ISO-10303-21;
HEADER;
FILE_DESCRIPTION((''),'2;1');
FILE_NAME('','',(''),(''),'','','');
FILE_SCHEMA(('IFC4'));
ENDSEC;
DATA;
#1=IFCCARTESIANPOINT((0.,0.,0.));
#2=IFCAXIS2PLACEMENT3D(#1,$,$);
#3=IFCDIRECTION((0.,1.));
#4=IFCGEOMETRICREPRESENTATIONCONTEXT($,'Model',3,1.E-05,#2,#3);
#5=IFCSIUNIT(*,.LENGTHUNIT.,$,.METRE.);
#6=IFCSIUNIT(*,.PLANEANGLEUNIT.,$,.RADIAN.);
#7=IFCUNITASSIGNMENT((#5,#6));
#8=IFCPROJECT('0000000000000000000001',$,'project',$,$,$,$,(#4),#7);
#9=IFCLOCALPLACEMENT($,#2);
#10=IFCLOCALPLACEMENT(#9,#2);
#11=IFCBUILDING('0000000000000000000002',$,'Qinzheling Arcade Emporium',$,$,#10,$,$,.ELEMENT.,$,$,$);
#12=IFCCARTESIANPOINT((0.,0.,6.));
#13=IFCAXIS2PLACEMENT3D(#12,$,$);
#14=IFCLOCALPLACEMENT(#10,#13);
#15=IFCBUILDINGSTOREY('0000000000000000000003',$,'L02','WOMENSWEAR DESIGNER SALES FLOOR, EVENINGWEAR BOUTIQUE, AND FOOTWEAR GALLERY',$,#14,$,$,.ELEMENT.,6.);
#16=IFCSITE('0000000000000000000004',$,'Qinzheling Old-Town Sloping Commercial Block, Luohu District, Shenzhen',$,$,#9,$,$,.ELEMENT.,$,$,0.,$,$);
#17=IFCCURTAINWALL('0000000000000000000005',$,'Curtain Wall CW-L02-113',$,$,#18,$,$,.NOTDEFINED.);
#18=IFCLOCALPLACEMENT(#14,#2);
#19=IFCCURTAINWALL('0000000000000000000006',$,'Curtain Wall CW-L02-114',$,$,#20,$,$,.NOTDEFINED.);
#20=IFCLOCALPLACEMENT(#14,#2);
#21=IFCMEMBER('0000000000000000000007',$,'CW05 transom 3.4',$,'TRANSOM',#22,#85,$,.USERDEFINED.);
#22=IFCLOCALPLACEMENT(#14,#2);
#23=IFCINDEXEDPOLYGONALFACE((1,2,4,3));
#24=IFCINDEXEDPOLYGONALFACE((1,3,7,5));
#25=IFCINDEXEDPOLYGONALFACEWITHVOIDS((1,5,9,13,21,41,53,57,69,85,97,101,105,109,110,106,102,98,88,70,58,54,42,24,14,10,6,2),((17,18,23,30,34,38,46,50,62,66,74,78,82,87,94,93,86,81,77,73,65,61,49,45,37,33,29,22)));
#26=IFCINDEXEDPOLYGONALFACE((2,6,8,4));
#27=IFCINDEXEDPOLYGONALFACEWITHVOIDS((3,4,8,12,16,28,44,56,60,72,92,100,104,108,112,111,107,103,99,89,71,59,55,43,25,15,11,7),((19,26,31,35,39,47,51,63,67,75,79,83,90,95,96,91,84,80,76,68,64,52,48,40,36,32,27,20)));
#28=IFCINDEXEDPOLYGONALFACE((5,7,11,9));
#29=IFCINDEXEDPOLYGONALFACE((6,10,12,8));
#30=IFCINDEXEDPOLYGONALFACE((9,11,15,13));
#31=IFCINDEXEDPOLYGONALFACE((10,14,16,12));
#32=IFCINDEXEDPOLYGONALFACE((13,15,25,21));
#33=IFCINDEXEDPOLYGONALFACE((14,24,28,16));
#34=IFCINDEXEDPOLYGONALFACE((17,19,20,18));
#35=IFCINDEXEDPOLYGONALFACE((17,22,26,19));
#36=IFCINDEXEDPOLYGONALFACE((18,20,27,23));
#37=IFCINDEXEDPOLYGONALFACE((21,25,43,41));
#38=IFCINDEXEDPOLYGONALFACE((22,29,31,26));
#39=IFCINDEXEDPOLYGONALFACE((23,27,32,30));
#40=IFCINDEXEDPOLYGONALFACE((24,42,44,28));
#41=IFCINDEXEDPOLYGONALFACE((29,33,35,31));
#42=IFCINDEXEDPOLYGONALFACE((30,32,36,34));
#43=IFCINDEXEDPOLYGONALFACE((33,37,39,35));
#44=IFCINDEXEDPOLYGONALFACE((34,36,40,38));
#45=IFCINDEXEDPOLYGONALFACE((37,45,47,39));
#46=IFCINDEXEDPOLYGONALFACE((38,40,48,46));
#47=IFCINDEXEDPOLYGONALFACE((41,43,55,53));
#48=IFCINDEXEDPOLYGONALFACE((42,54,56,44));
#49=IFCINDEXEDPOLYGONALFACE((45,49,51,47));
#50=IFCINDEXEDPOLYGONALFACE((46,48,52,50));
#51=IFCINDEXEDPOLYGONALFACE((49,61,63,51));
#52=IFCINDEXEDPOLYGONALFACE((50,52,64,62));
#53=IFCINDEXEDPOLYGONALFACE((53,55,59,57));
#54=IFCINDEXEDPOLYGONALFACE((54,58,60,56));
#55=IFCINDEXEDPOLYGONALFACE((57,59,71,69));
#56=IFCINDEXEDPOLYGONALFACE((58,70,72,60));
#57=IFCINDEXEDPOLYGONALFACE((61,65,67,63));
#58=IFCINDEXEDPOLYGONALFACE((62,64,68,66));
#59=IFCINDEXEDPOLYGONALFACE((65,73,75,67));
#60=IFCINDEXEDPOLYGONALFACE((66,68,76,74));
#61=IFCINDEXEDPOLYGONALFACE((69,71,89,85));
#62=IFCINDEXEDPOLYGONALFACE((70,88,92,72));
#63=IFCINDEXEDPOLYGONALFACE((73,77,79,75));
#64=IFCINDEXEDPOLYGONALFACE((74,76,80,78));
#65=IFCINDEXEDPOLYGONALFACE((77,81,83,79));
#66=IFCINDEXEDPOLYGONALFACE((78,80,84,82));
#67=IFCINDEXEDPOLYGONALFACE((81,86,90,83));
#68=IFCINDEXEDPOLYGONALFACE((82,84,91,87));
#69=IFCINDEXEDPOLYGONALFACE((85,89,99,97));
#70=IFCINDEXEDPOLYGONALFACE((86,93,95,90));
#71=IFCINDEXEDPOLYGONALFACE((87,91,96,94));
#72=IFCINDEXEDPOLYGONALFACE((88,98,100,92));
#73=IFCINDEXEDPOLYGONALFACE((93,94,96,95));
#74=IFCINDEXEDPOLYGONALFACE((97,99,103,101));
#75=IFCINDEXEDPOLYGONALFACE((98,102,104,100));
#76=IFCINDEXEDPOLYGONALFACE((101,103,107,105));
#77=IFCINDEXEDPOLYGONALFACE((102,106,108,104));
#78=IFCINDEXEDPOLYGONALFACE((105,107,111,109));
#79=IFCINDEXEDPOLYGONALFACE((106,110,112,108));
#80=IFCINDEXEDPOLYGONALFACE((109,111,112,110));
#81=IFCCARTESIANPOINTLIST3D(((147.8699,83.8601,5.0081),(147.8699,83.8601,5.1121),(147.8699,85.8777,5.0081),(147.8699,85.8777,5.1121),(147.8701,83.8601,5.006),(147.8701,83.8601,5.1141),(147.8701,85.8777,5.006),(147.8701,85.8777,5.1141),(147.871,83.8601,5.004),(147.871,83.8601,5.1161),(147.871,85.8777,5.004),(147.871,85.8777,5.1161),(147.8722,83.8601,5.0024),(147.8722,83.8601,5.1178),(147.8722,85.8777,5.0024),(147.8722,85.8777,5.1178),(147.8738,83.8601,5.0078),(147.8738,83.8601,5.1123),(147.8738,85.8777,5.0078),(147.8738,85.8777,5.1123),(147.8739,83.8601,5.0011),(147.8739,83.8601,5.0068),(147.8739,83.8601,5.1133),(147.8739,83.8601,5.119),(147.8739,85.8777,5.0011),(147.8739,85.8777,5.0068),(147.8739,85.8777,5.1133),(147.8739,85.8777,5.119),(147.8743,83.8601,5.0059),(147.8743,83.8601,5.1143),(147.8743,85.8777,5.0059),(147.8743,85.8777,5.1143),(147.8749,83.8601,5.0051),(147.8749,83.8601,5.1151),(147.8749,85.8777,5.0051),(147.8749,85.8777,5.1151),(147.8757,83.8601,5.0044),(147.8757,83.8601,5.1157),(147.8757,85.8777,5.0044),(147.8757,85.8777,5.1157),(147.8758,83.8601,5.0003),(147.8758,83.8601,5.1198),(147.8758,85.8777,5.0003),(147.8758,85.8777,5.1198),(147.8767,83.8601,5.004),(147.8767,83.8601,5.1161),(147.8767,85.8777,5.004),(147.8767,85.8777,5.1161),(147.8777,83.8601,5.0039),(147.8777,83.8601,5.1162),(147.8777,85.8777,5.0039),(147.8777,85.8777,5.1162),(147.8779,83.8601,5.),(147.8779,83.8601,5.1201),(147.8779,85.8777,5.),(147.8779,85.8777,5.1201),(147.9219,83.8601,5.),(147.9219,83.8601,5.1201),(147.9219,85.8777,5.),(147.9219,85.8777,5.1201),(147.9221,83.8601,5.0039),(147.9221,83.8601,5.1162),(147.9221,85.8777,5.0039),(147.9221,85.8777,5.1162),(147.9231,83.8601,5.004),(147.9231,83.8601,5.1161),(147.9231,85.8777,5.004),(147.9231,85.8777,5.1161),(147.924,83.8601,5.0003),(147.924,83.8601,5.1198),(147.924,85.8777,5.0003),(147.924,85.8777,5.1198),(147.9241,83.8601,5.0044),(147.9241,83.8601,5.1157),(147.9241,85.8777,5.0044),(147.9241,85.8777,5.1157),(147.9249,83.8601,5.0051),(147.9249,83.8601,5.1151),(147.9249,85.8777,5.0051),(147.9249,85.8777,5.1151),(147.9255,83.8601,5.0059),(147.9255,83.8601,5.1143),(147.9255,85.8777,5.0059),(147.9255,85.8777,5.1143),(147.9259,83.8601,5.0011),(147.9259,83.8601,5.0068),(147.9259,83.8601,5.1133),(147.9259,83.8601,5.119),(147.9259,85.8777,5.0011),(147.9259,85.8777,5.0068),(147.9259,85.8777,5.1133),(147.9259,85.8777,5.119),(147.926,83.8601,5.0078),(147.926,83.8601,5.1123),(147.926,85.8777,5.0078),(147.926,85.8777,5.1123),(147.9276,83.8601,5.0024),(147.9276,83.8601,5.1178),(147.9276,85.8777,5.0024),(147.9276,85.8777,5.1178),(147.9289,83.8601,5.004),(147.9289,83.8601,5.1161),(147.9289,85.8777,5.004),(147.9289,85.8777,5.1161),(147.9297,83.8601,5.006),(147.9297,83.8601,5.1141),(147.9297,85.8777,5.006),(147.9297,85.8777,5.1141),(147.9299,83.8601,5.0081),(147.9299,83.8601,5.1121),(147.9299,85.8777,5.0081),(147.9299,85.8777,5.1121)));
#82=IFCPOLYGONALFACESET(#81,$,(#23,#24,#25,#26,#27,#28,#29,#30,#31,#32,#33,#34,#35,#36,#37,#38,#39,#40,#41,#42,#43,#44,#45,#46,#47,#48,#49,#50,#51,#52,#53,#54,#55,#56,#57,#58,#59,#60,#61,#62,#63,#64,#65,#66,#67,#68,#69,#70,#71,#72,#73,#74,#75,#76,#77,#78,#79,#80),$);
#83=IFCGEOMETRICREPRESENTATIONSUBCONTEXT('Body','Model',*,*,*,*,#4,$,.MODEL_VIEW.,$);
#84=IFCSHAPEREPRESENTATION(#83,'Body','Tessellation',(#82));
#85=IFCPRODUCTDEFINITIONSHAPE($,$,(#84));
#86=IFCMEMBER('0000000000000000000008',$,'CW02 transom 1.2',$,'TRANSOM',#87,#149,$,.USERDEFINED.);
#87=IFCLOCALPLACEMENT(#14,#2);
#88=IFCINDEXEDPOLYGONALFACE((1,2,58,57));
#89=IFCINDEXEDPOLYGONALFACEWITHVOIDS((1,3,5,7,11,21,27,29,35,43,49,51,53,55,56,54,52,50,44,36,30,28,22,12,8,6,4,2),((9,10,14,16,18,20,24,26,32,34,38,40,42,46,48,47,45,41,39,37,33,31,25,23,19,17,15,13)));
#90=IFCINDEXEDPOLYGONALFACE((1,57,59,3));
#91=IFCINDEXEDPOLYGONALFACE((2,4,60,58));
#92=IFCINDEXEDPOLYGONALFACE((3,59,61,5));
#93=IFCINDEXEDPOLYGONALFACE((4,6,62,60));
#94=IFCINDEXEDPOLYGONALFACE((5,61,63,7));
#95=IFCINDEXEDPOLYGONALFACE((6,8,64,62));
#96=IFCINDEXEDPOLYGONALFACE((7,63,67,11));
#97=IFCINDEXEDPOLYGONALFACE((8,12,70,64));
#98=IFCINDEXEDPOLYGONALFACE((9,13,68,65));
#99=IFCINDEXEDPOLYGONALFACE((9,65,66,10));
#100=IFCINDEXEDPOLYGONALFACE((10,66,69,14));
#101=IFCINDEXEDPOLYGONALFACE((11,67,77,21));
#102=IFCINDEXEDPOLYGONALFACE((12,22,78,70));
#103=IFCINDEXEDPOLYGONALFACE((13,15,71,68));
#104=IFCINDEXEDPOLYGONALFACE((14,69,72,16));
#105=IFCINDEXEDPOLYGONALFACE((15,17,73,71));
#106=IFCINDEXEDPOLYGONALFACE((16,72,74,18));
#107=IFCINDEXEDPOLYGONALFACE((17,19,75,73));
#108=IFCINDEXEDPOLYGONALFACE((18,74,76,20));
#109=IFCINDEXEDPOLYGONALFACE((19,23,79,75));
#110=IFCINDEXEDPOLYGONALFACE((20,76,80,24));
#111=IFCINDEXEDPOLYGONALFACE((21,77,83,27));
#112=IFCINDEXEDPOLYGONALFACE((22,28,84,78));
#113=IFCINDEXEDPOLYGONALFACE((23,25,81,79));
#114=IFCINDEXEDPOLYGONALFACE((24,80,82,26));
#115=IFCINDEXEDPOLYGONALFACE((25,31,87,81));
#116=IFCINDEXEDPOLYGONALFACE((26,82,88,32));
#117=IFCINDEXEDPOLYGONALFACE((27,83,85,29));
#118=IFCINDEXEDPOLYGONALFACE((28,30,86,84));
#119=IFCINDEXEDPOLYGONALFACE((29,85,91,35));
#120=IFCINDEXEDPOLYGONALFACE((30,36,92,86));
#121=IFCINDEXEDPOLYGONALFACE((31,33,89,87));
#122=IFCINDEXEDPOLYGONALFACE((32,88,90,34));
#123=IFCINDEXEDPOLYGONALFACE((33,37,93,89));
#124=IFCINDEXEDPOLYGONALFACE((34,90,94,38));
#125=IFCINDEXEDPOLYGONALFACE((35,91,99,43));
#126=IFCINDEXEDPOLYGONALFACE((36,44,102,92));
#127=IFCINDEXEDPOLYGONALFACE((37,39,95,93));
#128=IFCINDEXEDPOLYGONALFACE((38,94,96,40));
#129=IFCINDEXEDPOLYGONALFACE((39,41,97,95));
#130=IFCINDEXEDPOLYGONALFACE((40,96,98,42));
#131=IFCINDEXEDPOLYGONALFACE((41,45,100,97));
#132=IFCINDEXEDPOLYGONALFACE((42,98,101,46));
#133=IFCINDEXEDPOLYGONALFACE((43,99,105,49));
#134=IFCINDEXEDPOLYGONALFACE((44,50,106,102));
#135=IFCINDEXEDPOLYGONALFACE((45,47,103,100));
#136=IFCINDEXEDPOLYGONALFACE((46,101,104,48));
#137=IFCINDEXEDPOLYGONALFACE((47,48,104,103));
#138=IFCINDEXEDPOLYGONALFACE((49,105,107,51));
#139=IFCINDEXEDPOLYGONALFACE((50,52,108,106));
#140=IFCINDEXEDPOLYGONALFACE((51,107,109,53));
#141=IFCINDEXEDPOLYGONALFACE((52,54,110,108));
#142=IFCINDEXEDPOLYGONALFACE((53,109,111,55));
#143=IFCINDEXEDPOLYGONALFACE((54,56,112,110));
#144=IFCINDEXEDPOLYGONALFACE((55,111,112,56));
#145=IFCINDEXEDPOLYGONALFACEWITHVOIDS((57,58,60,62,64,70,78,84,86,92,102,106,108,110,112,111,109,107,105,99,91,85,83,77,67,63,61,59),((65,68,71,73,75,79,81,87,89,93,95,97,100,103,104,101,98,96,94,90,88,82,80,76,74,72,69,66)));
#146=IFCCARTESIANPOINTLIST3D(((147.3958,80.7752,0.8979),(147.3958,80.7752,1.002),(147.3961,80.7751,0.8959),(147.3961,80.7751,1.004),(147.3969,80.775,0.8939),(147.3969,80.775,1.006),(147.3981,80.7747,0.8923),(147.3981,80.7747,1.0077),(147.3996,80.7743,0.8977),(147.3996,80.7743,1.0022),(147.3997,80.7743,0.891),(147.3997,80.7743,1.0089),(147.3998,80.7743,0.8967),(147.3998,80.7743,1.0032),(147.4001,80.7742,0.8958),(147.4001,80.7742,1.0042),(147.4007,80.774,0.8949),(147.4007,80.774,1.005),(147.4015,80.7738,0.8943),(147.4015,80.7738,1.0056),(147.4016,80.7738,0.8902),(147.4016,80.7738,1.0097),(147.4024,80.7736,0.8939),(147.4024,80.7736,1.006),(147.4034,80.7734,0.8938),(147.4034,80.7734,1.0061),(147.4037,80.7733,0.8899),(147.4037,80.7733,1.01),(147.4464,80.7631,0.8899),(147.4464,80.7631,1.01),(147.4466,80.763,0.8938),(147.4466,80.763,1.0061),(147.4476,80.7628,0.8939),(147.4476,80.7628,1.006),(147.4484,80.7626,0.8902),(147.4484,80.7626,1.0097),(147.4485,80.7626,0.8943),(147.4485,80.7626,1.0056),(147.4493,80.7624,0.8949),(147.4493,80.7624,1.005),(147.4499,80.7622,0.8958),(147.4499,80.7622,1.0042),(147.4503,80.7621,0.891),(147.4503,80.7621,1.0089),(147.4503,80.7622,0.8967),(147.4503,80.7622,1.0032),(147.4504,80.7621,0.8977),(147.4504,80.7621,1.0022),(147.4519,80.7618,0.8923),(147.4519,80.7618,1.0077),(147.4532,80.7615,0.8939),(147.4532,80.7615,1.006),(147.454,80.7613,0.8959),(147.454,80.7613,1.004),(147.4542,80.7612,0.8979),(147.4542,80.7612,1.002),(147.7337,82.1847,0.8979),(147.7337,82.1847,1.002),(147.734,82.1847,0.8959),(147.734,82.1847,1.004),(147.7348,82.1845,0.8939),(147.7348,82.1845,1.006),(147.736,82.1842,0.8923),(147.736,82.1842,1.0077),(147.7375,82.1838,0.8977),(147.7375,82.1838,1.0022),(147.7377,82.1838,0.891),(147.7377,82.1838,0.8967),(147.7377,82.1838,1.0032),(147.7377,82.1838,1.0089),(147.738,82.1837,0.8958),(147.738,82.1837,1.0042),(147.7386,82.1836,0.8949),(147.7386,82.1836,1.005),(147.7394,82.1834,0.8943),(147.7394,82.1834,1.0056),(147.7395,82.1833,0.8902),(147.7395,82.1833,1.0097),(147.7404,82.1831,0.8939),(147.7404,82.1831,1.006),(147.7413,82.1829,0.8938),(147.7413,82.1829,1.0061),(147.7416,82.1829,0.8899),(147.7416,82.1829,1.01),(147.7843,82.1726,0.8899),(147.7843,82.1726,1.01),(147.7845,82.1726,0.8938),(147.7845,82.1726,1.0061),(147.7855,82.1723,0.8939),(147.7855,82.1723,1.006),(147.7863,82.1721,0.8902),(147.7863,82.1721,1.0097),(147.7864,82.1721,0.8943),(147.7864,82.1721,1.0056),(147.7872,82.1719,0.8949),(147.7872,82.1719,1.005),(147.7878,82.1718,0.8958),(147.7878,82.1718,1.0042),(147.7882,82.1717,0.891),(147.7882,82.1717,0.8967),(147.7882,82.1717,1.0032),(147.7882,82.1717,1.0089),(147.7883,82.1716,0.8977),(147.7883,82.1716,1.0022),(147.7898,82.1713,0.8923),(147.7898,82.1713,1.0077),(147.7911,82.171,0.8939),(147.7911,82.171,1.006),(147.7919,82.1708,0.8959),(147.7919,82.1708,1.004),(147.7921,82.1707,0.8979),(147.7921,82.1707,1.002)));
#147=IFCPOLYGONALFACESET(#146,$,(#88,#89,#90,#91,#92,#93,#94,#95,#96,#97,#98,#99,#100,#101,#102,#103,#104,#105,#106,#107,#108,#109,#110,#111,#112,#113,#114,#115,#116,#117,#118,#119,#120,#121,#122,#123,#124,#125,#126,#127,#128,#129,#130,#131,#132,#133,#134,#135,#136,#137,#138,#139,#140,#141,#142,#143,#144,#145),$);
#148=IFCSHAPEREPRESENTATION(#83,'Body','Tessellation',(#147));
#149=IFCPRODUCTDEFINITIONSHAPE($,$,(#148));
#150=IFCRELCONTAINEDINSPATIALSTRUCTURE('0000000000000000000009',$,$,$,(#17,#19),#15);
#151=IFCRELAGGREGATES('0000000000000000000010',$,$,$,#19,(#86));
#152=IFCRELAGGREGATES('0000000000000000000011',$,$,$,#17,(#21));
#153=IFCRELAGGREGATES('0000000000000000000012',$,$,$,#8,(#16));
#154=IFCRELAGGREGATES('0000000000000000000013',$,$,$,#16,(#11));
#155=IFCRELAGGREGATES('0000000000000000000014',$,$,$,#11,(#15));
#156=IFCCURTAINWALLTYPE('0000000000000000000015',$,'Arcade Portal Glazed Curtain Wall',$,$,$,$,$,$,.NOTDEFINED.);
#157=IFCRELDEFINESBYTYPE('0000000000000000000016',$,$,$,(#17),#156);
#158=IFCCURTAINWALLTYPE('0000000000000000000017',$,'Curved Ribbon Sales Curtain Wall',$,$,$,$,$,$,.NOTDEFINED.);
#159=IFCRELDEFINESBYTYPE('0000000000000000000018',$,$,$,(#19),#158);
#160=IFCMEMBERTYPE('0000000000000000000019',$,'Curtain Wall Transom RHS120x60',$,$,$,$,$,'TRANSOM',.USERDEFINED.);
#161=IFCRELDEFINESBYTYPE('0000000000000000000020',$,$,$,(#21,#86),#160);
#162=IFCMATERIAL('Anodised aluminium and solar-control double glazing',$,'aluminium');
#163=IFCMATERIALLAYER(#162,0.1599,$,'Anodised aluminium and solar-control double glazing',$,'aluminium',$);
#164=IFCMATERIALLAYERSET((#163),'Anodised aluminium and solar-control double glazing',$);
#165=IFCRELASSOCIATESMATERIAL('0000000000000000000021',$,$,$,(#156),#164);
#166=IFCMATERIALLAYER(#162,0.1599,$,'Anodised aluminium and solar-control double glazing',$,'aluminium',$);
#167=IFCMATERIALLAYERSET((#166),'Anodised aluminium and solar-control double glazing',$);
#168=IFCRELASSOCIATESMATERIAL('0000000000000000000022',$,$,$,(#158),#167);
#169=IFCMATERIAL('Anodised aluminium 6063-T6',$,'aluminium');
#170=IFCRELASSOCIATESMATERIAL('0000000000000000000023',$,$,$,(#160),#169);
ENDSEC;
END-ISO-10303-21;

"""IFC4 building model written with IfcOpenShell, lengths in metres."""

from ifc_helpers import new_model, si_unit, direction, frame, origin, origin_2d, place, context, subcontext, project, spatial, hollow_rectangle, extrude, material, layer, layer_set, material_profile, profile_set, type_object, element, aggregate, save


model = new_model("IFC4")

# Units and contexts
model_context = context("Model", 3, precision=1e-05, world=origin(), true_north=direction((0.0, 1.0)))
body_context = subcontext(model_context, "Body", "Model", "MODEL_VIEW")
ifc_project = project(units=[si_unit("LENGTHUNIT", "METRE"), si_unit("PLANEANGLEUNIT", "RADIAN")], contexts=[model_context])

# Site, building, storey
site_placement = place(None, origin())
site = spatial("IfcSite", under=ifc_project, at=site_placement, Name="Qinzheling Old-Town Sloping Commercial Block, Luohu District, Shenzhen", CompositionType="ELEMENT", RefElevation=0.0)
building_placement = place(site_placement, origin())
building = spatial("IfcBuilding", under=site, at=building_placement, Name="Qinzheling Arcade Emporium", CompositionType="ELEMENT")
storey_placement = place(building_placement, frame((0.0, 0.0, 6.0)))
storey = spatial("IfcBuildingStorey", under=building, at=storey_placement, Name="L02", Description="WOMENSWEAR DESIGNER SALES FLOOR, EVENINGWEAR BOUTIQUE, AND FOOTWEAR GALLERY", CompositionType="ELEMENT", Elevation=6.0)

# Curtain wall
ifc_material_1 = material(Name="Anodised aluminium and solar-control double glazing", Category="aluminium")
ifc_layer_1 = layer(ifc_material_1, 0.1599, Name="Anodised aluminium and solar-control double glazing", Category="aluminium")
ifc_layer_set_1 = layer_set([ifc_layer_1], Name="Anodised aluminium and solar-control double glazing")
curtain_wall_type_1 = type_object("IfcCurtainWallType", Name="Arcade Portal Glazed Curtain Wall", PredefinedType="NOTDEFINED", material=ifc_layer_set_1)
curtain_wall_1_placement = place(storey_placement, origin())
curtain_wall_1 = element("IfcCurtainWall", 1, at=curtain_wall_1_placement, inside=storey, type_object=curtain_wall_type_1, Name="Curtain Wall CW-L02-113", PredefinedType="NOTDEFINED")
ifc_material_2 = material(Name="Anodised aluminium 6063-T6", Category="aluminium")

# Curtain wall
ifc_layer_2 = layer(ifc_material_1, 0.1599, Name="Anodised aluminium and solar-control double glazing", Category="aluminium")
ifc_layer_set_2 = layer_set([ifc_layer_2], Name="Anodised aluminium and solar-control double glazing")
curtain_wall_type_2 = type_object("IfcCurtainWallType", Name="Curved Ribbon Sales Curtain Wall", PredefinedType="NOTDEFINED", material=ifc_layer_set_2)
curtain_wall_2_placement = place(storey_placement, origin())
curtain_wall_2 = element("IfcCurtainWall", 2, at=curtain_wall_2_placement, inside=storey, type_object=curtain_wall_type_2, Name="Curtain Wall CW-L02-114", PredefinedType="NOTDEFINED")

# Members
ifc_material_profile_1 = material_profile(ifc_material_2, hollow_rectangle(XDim=0.0601, YDim=0.1201, WallThickness=0.0039, InnerFilletRadius=0.0039, OuterFilletRadius=0.0081, at=origin_2d()), Name="RHS 120x60x4", Category="aluminium")
ifc_profile_set_1 = profile_set([ifc_material_profile_1], Name="Anodised aluminium 6063-T6")
member_type_1 = type_object("IfcMemberType", Name="Curtain Wall Transom RHS120x60", ElementType="TRANSOM", PredefinedType="USERDEFINED", material=ifc_profile_set_1)
member_1_placement = place(storey_placement, frame((147.8999, 85.8777, 5.0601), z_axis=(0.0, -1.0, 0.0), x_axis=(1.0, 0.0, 0.0)))
member_1 = element("IfcMember", 3, at=member_1_placement, type_object=member_type_1, Name="CW05 transom 3.4", ObjectType="TRANSOM", PredefinedType="USERDEFINED", context=body_context, shape_type="SweptSolid", body=[
    extrude(hollow_rectangle(XDim=0.0601, YDim=0.1201, WallThickness=0.0039, InnerFilletRadius=0.0039, OuterFilletRadius=0.0081, at=origin_2d()), origin(), (0.0, 0.0, 1.0), 2.0176),
])
member_2_placement = place(storey_placement, frame((147.7629, 82.1777, 0.95), z_axis=(-0.233131, -0.972445, 0.0), x_axis=(0.972445, -0.233131, 0.0)))
member_2 = element("IfcMember", 4, at=member_2_placement, type_object=member_type_1, Name="CW02 transom 1.2", ObjectType="TRANSOM", PredefinedType="USERDEFINED", context=body_context, shape_type="SweptSolid", body=[
    extrude(hollow_rectangle(XDim=0.0601, YDim=0.1201, WallThickness=0.0039, InnerFilletRadius=0.0039, OuterFilletRadius=0.0081, at=origin_2d()), origin(), (0.0, 0.0, 1.0), 1.4495),
])
aggregate(curtain_wall_2, [member_2])

aggregate(curtain_wall_1, [member_1])

save(model, "model.ifc")
